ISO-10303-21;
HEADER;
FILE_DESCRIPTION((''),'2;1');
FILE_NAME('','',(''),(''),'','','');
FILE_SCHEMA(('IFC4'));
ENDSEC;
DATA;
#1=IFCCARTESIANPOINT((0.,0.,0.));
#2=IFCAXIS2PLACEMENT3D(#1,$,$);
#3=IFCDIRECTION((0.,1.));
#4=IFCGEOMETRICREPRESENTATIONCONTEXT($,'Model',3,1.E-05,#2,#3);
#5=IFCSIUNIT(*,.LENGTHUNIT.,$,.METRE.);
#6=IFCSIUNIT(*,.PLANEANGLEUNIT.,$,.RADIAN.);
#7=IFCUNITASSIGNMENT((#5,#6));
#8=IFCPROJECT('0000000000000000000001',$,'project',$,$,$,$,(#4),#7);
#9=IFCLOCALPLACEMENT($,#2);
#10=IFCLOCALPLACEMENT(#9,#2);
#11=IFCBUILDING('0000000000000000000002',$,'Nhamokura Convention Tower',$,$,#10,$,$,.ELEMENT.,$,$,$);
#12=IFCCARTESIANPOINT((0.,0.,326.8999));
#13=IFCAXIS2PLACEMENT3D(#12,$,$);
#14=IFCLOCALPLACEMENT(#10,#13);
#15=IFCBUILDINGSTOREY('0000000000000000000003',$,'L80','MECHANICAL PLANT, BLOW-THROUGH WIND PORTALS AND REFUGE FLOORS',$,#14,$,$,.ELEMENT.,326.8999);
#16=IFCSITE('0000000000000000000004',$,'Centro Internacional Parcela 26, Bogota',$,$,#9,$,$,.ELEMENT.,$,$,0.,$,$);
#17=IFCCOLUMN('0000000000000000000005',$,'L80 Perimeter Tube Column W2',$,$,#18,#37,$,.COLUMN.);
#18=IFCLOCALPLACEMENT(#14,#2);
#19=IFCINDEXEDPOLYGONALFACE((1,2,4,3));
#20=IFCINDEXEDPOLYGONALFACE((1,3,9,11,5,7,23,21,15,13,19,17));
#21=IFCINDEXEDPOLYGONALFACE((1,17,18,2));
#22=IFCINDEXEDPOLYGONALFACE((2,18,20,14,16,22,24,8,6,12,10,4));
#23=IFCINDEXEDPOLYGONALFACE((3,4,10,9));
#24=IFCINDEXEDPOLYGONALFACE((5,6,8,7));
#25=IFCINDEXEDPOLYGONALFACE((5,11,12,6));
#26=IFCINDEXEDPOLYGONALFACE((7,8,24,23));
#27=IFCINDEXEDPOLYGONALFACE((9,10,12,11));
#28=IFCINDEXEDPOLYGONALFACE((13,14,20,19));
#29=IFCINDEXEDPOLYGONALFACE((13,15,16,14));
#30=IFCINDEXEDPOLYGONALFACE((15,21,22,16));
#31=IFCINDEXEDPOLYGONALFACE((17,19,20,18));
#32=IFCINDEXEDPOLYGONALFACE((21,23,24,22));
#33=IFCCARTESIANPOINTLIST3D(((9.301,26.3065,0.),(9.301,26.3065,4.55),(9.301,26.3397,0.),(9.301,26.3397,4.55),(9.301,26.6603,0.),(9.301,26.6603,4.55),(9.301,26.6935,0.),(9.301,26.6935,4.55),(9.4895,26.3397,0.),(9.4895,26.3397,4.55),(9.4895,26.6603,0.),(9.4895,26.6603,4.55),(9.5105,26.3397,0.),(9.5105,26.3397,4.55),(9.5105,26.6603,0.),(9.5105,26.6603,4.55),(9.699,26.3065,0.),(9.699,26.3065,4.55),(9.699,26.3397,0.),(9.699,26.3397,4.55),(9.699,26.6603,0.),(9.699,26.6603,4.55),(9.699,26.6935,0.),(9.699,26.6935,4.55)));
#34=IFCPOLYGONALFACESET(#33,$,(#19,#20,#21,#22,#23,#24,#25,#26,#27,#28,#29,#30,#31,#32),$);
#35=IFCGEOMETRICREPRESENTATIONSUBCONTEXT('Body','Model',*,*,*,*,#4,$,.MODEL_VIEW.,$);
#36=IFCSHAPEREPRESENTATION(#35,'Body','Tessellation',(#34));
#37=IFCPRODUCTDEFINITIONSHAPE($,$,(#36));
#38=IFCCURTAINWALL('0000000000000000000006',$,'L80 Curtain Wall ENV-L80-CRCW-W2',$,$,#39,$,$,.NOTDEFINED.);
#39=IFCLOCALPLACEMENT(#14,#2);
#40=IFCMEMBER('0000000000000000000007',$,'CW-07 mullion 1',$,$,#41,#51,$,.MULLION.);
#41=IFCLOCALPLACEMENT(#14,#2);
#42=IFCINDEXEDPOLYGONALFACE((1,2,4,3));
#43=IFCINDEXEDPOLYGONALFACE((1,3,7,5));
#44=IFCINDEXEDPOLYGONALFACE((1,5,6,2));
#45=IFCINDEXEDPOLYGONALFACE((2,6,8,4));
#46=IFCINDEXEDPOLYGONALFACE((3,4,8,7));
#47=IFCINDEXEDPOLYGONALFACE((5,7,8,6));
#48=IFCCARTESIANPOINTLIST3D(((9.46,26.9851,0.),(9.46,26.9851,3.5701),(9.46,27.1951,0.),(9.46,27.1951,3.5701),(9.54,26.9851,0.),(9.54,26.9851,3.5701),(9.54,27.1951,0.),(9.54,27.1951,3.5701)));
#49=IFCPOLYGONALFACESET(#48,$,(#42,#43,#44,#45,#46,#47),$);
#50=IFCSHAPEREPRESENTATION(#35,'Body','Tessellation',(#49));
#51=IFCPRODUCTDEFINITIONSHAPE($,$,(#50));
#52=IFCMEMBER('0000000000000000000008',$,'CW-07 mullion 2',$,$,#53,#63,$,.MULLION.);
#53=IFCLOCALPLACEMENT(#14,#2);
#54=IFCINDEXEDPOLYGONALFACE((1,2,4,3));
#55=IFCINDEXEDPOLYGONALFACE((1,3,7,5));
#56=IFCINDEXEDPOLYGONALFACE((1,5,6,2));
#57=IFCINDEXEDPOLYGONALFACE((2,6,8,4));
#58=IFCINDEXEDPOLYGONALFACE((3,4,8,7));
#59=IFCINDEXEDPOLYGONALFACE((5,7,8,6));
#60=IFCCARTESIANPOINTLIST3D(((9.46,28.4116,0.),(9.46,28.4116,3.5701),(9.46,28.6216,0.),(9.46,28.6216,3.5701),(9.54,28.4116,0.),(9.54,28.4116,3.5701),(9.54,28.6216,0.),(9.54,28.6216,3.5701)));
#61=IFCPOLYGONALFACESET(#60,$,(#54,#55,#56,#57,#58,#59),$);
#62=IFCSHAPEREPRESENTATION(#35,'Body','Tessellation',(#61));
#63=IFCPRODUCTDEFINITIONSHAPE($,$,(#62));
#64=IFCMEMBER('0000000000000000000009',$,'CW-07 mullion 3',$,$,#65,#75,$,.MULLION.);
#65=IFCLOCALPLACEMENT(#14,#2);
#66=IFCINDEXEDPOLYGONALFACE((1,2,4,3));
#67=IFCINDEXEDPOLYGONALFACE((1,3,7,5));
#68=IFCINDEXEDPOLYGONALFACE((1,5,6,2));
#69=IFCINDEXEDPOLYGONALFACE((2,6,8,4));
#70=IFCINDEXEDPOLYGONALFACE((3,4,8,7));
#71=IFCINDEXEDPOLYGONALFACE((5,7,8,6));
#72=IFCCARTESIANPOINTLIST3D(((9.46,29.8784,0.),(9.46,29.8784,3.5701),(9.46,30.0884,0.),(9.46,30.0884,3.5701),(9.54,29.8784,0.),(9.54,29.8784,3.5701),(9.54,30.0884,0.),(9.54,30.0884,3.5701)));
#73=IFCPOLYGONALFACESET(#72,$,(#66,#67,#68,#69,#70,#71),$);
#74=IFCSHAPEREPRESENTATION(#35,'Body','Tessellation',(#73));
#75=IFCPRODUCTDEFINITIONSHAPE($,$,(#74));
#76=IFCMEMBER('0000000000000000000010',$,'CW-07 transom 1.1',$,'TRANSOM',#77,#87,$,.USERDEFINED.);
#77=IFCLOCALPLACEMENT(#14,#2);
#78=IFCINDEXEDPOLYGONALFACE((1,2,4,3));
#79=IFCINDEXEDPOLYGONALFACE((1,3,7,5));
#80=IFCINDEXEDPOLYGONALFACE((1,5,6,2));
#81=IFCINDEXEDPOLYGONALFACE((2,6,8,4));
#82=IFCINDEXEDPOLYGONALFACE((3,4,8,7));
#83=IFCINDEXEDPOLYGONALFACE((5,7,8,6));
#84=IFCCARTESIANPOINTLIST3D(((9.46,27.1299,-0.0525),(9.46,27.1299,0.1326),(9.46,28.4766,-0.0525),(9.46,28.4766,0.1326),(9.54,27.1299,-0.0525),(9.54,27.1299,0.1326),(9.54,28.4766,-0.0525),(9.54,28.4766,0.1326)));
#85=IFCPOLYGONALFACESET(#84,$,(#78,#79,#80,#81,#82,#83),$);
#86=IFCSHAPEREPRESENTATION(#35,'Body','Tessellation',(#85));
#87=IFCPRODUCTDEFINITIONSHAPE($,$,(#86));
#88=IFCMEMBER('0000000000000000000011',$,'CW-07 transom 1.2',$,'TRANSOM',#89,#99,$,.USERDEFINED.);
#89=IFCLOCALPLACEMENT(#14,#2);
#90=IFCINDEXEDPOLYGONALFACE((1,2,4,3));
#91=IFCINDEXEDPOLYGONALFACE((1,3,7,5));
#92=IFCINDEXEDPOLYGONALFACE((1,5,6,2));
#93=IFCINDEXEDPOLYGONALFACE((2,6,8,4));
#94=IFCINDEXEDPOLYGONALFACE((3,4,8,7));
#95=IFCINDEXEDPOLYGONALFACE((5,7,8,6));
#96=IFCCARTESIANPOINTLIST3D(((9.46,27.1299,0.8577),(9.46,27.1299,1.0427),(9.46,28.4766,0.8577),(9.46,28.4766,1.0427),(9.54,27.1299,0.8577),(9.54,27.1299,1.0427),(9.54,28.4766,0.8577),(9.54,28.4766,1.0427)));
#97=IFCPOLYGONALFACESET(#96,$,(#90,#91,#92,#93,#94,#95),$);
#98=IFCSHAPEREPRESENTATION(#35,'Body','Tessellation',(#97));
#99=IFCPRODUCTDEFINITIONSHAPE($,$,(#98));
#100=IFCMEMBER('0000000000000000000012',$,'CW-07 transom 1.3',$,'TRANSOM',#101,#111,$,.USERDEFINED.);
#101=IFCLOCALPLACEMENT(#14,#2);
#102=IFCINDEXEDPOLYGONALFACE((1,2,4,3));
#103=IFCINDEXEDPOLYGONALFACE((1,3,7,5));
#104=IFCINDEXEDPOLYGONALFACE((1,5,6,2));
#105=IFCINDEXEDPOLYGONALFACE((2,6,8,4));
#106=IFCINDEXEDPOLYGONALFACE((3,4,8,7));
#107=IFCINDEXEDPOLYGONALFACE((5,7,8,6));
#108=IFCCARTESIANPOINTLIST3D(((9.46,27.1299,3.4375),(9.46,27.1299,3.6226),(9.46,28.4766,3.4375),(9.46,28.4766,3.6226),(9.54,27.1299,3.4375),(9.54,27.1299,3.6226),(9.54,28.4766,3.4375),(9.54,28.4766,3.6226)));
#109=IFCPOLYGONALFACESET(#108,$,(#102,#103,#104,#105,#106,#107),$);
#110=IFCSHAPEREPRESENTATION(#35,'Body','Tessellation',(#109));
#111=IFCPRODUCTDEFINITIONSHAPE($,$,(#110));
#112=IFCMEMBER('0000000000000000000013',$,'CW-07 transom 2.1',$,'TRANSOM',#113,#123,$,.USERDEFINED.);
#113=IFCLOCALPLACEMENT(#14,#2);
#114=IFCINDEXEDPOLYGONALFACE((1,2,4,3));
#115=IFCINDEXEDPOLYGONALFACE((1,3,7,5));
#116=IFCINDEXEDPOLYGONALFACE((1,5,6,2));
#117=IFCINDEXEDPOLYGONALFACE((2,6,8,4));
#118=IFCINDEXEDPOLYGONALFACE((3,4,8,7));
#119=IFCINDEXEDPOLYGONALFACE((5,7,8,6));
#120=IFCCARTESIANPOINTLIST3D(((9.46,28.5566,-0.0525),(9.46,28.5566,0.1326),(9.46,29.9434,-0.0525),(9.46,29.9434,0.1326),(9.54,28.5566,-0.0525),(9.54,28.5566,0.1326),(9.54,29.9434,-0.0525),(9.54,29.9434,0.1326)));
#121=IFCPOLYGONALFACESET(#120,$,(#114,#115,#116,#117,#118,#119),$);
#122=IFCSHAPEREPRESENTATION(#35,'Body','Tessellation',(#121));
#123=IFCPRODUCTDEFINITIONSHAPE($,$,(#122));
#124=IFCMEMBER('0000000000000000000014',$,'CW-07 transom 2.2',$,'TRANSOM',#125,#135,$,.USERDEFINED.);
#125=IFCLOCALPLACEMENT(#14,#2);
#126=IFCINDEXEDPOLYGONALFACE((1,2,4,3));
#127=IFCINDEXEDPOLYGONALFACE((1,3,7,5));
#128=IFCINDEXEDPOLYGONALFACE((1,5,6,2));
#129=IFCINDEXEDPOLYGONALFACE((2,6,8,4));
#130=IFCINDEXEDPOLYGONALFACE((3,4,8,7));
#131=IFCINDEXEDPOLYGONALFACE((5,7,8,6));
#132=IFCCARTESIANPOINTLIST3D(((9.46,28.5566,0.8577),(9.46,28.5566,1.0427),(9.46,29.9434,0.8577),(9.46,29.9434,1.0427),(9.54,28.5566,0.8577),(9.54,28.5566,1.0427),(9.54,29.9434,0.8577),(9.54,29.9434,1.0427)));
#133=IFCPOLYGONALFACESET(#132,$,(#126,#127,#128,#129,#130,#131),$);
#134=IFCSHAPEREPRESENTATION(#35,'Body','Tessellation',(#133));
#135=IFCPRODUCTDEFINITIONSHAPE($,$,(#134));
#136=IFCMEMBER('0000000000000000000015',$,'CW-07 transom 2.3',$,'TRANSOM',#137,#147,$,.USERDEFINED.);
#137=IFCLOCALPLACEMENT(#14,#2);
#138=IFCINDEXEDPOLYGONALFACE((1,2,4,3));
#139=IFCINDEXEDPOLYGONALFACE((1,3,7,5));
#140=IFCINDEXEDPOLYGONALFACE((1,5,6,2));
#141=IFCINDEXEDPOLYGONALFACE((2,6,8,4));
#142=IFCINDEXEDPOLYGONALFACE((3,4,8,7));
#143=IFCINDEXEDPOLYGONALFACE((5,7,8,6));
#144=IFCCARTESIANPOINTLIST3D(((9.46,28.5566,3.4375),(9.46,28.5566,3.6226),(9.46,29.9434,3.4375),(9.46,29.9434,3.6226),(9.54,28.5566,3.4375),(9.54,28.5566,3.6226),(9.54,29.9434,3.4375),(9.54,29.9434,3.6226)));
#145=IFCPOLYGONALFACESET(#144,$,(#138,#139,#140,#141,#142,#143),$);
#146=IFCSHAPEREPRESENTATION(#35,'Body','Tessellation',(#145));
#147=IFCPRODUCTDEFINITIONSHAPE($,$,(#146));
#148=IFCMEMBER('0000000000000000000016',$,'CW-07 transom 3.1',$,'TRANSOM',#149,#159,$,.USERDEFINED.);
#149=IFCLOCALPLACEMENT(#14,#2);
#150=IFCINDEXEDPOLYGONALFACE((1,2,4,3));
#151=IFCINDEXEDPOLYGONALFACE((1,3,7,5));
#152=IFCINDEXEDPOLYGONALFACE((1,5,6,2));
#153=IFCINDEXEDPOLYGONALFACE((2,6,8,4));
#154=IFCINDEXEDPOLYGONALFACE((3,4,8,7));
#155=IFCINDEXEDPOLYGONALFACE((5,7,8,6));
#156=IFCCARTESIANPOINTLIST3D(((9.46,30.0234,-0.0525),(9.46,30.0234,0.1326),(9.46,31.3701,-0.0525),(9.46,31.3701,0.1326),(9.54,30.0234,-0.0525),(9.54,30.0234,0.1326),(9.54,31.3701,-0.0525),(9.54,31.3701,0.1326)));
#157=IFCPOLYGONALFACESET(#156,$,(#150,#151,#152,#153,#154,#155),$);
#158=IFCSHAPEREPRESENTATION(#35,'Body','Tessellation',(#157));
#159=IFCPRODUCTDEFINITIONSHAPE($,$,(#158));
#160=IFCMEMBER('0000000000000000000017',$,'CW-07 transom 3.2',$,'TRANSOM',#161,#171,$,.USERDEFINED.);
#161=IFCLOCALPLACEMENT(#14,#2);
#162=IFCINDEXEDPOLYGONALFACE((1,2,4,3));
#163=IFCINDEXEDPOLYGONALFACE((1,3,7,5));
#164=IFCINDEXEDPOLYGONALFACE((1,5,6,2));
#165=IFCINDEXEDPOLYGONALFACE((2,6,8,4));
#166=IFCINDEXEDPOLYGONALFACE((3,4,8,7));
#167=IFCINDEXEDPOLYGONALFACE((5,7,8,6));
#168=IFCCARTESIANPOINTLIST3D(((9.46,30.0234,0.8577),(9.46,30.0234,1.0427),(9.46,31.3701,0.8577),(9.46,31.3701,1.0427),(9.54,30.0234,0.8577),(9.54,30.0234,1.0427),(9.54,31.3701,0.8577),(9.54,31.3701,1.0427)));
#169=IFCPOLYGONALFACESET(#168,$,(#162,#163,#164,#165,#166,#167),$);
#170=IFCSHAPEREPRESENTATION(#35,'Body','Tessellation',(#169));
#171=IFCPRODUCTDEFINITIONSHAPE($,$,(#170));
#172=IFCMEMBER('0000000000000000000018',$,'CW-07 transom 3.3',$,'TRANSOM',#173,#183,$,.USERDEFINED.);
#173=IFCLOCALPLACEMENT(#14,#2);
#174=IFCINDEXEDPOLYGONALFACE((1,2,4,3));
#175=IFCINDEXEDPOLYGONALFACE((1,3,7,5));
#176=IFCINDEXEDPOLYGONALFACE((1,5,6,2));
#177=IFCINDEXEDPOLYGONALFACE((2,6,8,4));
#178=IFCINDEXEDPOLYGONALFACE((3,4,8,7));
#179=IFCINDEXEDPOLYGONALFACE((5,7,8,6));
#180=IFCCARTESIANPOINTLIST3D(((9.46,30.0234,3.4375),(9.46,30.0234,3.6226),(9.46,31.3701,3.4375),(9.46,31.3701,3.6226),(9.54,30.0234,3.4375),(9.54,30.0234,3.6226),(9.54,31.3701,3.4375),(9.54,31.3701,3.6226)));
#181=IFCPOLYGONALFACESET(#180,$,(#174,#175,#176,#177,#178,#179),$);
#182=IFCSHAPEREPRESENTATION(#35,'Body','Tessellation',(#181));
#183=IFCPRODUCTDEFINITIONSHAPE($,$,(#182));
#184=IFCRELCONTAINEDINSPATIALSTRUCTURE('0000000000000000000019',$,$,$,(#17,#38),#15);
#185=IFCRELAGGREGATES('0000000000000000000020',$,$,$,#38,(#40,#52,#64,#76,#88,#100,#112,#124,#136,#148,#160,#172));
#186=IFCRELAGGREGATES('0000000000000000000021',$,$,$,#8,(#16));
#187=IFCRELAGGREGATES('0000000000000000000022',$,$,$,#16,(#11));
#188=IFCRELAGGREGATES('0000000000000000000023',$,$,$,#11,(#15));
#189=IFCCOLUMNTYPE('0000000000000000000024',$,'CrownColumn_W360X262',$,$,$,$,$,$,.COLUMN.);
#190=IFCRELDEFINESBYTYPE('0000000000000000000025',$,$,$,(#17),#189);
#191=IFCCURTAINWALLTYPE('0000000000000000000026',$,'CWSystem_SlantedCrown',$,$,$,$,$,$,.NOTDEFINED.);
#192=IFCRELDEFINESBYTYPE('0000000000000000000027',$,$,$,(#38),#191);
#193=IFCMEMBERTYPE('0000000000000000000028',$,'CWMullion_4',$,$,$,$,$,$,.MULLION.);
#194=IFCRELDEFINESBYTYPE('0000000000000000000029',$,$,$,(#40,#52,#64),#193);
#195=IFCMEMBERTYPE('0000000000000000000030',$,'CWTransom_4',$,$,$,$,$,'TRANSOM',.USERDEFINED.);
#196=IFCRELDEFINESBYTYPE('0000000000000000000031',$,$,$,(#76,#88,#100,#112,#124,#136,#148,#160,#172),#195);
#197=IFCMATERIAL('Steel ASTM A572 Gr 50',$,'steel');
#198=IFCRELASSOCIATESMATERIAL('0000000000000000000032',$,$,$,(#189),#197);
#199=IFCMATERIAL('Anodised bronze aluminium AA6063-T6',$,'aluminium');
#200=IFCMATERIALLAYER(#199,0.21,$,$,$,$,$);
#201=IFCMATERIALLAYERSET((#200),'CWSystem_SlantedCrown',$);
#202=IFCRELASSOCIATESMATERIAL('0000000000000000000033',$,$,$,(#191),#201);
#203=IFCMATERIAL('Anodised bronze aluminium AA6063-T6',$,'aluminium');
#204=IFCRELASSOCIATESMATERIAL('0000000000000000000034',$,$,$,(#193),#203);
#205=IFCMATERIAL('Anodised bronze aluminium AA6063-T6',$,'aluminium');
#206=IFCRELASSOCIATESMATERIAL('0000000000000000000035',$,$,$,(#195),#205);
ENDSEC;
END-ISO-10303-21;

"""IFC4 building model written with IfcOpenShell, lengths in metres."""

from ifc_helpers import new_model, si_unit, direction, frame, origin, origin_2d, place, context, subcontext, project, spatial, rectangle, i_section, extrude, material, layer, layer_set, material_profile, profile_set, type_object, element, aggregate, save


model = new_model("IFC4")

# Units and contexts
model_context = context("Model", 3, precision=1e-05, world=origin(), true_north=direction((0.0, 1.0)))
body_context = subcontext(model_context, "Body", "Model", "MODEL_VIEW")
ifc_project = project(units=[si_unit("LENGTHUNIT", "METRE"), si_unit("PLANEANGLEUNIT", "RADIAN")], contexts=[model_context])

# Site, building, storey
site_placement = place(None, origin())
site = spatial("IfcSite", under=ifc_project, at=site_placement, Name="Centro Internacional Parcela 26, Bogota", CompositionType="ELEMENT", RefElevation=0.0)
building_placement = place(site_placement, origin())
building = spatial("IfcBuilding", under=site, at=building_placement, Name="Nhamokura Convention Tower", CompositionType="ELEMENT")
storey_placement = place(building_placement, frame((0.0, 0.0, 326.8999)))
storey = spatial("IfcBuildingStorey", under=building, at=storey_placement, Name="L80", Description="MECHANICAL PLANT, BLOW-THROUGH WIND PORTALS AND REFUGE FLOORS", CompositionType="ELEMENT", Elevation=326.8999)

# Column
ifc_material_1 = material(Name="Steel ASTM A572 Gr 50", Category="steel")
ifc_material_profile_1 = material_profile(ifc_material_1, i_section(OverallWidth=0.3979, OverallDepth=0.387, WebThickness=0.021, FlangeThickness=0.0332, at=origin_2d()))
ifc_profile_set_1 = profile_set([ifc_material_profile_1], Name="Steel ASTM A572 Gr 50")
column_type = type_object("IfcColumnType", Name="CrownColumn_W360X262", PredefinedType="COLUMN", material=ifc_profile_set_1)
column_placement = place(storey_placement, frame((9.5, 26.5, 0.0), z_axis=(0.0, 0.0, 1.0), x_axis=(1.0, 0.0, 0.0)))
element("IfcColumn", 1, at=column_placement, inside=storey, type_object=column_type, Name="L80 Perimeter Tube Column W2", PredefinedType="COLUMN", context=body_context, shape_type="SweptSolid", body=[
    extrude(i_section(OverallWidth=0.3979, OverallDepth=0.387, WebThickness=0.021, FlangeThickness=0.0332, at=origin_2d()), origin(), (0.0, 0.0, 1.0), 4.55),
])

# Curtain wall, members
ifc_material_2 = material(Name="Anodised bronze aluminium AA6063-T6", Category="aluminium")
ifc_layer_1 = layer(ifc_material_2, 0.21)
ifc_layer_set_1 = layer_set([ifc_layer_1], Name="CWSystem_SlantedCrown")
curtain_wall_type = type_object("IfcCurtainWallType", Name="CWSystem_SlantedCrown", PredefinedType="NOTDEFINED", material=ifc_layer_set_1)
curtain_wall_placement = place(storey_placement, origin())
curtain_wall = element("IfcCurtainWall", 2, at=curtain_wall_placement, inside=storey, type_object=curtain_wall_type, Name="L80 Curtain Wall ENV-L80-CRCW-W2", PredefinedType="NOTDEFINED")
ifc_material_3 = material(Name="Anodised bronze aluminium AA6063-T6", Category="aluminium")
ifc_material_profile_2 = material_profile(ifc_material_3, rectangle(XDim=0.0801, YDim=0.21, at=origin_2d()))
ifc_profile_set_2 = profile_set([ifc_material_profile_2], Name="Anodised bronze aluminium AA6063-T6")
member_type_1 = type_object("IfcMemberType", Name="CWMullion_4", PredefinedType="MULLION", material=ifc_profile_set_2)
member_1_placement = place(storey_placement, frame((9.5, 27.0901, 0.0), z_axis=(0.0, 0.0, 1.0), x_axis=(-1.0, 0.0, 0.0)))
member_1 = element("IfcMember", 3, at=member_1_placement, type_object=member_type_1, Name="CW-07 mullion 1", PredefinedType="MULLION", context=body_context, shape_type="SweptSolid", body=[
    extrude(rectangle(XDim=0.0801, YDim=0.21, at=origin_2d()), origin(), (0.0, 0.0, 1.0), 3.5701),
])
member_2_placement = place(storey_placement, frame((9.5, 28.5166, 0.0), z_axis=(0.0, 0.0, 1.0), x_axis=(-1.0, 0.0, 0.0)))
member_2 = element("IfcMember", 4, at=member_2_placement, type_object=member_type_1, Name="CW-07 mullion 2", PredefinedType="MULLION", context=body_context, shape_type="SweptSolid", body=[
    extrude(rectangle(XDim=0.0801, YDim=0.21, at=origin_2d()), origin(), (0.0, 0.0, 1.0), 3.5701),
])
member_3_placement = place(storey_placement, frame((9.5, 29.9834, 0.0), z_axis=(0.0, 0.0, 1.0), x_axis=(-1.0, 0.0, 0.0)))
member_3 = element("IfcMember", 5, at=member_3_placement, type_object=member_type_1, Name="CW-07 mullion 3", PredefinedType="MULLION", context=body_context, shape_type="SweptSolid", body=[
    extrude(rectangle(XDim=0.0801, YDim=0.21, at=origin_2d()), origin(), (0.0, 0.0, 1.0), 3.5701),
])
ifc_material_4 = material(Name="Anodised bronze aluminium AA6063-T6", Category="aluminium")
ifc_material_profile_3 = material_profile(ifc_material_4, rectangle(XDim=0.0801, YDim=0.1851, at=origin_2d()))
ifc_profile_set_3 = profile_set([ifc_material_profile_3], Name="Anodised bronze aluminium AA6063-T6")
member_type_2 = type_object("IfcMemberType", Name="CWTransom_4", ElementType="TRANSOM", PredefinedType="USERDEFINED", material=ifc_profile_set_3)
member_4_placement = place(storey_placement, frame((9.5, 27.1299, 0.04), z_axis=(0.0, 1.0, 0.0), x_axis=(-1.0, 0.0, 0.0)))
member_4 = element("IfcMember", 6, at=member_4_placement, type_object=member_type_2, Name="CW-07 transom 1.1", ObjectType="TRANSOM", PredefinedType="USERDEFINED", context=body_context, shape_type="SweptSolid", body=[
    extrude(rectangle(XDim=0.0801, YDim=0.1851, at=origin_2d()), origin(), (0.0, 0.0, 1.0), 1.3467),
])
member_5_placement = place(storey_placement, frame((9.5, 27.1299, 0.9502), z_axis=(0.0, 1.0, 0.0), x_axis=(-1.0, 0.0, 0.0)))
member_5 = element("IfcMember", 7, at=member_5_placement, type_object=member_type_2, Name="CW-07 transom 1.2", ObjectType="TRANSOM", PredefinedType="USERDEFINED", context=body_context, shape_type="SweptSolid", body=[
    extrude(rectangle(XDim=0.0801, YDim=0.1851, at=origin_2d()), origin(), (0.0, 0.0, 1.0), 1.3467),
])
member_6_placement = place(storey_placement, frame((9.5, 27.1299, 3.53), z_axis=(0.0, 1.0, 0.0), x_axis=(-1.0, 0.0, 0.0)))
member_6 = element("IfcMember", 8, at=member_6_placement, type_object=member_type_2, Name="CW-07 transom 1.3", ObjectType="TRANSOM", PredefinedType="USERDEFINED", context=body_context, shape_type="SweptSolid", body=[
    extrude(rectangle(XDim=0.0801, YDim=0.1851, at=origin_2d()), origin(), (0.0, 0.0, 1.0), 1.3467),
])
member_7_placement = place(storey_placement, frame((9.5, 28.5566, 0.04), z_axis=(0.0, 1.0, 0.0), x_axis=(-1.0, 0.0, 0.0)))
member_7 = element("IfcMember", 9, at=member_7_placement, type_object=member_type_2, Name="CW-07 transom 2.1", ObjectType="TRANSOM", PredefinedType="USERDEFINED", context=body_context, shape_type="SweptSolid", body=[
    extrude(rectangle(XDim=0.0801, YDim=0.1851, at=origin_2d()), origin(), (0.0, 0.0, 1.0), 1.3867),
])
member_8_placement = place(storey_placement, frame((9.5, 28.5566, 0.9502), z_axis=(0.0, 1.0, 0.0), x_axis=(-1.0, 0.0, 0.0)))
member_8 = element("IfcMember", 10, at=member_8_placement, type_object=member_type_2, Name="CW-07 transom 2.2", ObjectType="TRANSOM", PredefinedType="USERDEFINED", context=body_context, shape_type="SweptSolid", body=[
    extrude(rectangle(XDim=0.0801, YDim=0.1851, at=origin_2d()), origin(), (0.0, 0.0, 1.0), 1.3867),
])
member_9_placement = place(storey_placement, frame((9.5, 28.5566, 3.53), z_axis=(0.0, 1.0, 0.0), x_axis=(-1.0, 0.0, 0.0)))
member_9 = element("IfcMember", 11, at=member_9_placement, type_object=member_type_2, Name="CW-07 transom 2.3", ObjectType="TRANSOM", PredefinedType="USERDEFINED", context=body_context, shape_type="SweptSolid", body=[
    extrude(rectangle(XDim=0.0801, YDim=0.1851, at=origin_2d()), origin(), (0.0, 0.0, 1.0), 1.3867),
])
member_10_placement = place(storey_placement, frame((9.5, 30.0234, 0.04), z_axis=(0.0, 1.0, 0.0), x_axis=(-1.0, 0.0, 0.0)))
member_10 = element("IfcMember", 12, at=member_10_placement, type_object=member_type_2, Name="CW-07 transom 3.1", ObjectType="TRANSOM", PredefinedType="USERDEFINED", context=body_context, shape_type="SweptSolid", body=[
    extrude(rectangle(XDim=0.0801, YDim=0.1851, at=origin_2d()), origin(), (0.0, 0.0, 1.0), 1.3467),
])
member_11_placement = place(storey_placement, frame((9.5, 30.0234, 0.9502), z_axis=(0.0, 1.0, 0.0), x_axis=(-1.0, 0.0, 0.0)))
member_11 = element("IfcMember", 13, at=member_11_placement, type_object=member_type_2, Name="CW-07 transom 3.2", ObjectType="TRANSOM", PredefinedType="USERDEFINED", context=body_context, shape_type="SweptSolid", body=[
    extrude(rectangle(XDim=0.0801, YDim=0.1851, at=origin_2d()), origin(), (0.0, 0.0, 1.0), 1.3467),
])
member_12_placement = place(storey_placement, frame((9.5, 30.0234, 3.53), z_axis=(0.0, 1.0, 0.0), x_axis=(-1.0, 0.0, 0.0)))
member_12 = element("IfcMember", 14, at=member_12_placement, type_object=member_type_2, Name="CW-07 transom 3.3", ObjectType="TRANSOM", PredefinedType="USERDEFINED", context=body_context, shape_type="SweptSolid", body=[
    extrude(rectangle(XDim=0.0801, YDim=0.1851, at=origin_2d()), origin(), (0.0, 0.0, 1.0), 1.3467),
])
aggregate(curtain_wall, [member_1, member_2, member_3, member_4, member_5, member_6, member_7, member_8, member_9, member_10, member_11, member_12])

save(model, "model.ifc")
